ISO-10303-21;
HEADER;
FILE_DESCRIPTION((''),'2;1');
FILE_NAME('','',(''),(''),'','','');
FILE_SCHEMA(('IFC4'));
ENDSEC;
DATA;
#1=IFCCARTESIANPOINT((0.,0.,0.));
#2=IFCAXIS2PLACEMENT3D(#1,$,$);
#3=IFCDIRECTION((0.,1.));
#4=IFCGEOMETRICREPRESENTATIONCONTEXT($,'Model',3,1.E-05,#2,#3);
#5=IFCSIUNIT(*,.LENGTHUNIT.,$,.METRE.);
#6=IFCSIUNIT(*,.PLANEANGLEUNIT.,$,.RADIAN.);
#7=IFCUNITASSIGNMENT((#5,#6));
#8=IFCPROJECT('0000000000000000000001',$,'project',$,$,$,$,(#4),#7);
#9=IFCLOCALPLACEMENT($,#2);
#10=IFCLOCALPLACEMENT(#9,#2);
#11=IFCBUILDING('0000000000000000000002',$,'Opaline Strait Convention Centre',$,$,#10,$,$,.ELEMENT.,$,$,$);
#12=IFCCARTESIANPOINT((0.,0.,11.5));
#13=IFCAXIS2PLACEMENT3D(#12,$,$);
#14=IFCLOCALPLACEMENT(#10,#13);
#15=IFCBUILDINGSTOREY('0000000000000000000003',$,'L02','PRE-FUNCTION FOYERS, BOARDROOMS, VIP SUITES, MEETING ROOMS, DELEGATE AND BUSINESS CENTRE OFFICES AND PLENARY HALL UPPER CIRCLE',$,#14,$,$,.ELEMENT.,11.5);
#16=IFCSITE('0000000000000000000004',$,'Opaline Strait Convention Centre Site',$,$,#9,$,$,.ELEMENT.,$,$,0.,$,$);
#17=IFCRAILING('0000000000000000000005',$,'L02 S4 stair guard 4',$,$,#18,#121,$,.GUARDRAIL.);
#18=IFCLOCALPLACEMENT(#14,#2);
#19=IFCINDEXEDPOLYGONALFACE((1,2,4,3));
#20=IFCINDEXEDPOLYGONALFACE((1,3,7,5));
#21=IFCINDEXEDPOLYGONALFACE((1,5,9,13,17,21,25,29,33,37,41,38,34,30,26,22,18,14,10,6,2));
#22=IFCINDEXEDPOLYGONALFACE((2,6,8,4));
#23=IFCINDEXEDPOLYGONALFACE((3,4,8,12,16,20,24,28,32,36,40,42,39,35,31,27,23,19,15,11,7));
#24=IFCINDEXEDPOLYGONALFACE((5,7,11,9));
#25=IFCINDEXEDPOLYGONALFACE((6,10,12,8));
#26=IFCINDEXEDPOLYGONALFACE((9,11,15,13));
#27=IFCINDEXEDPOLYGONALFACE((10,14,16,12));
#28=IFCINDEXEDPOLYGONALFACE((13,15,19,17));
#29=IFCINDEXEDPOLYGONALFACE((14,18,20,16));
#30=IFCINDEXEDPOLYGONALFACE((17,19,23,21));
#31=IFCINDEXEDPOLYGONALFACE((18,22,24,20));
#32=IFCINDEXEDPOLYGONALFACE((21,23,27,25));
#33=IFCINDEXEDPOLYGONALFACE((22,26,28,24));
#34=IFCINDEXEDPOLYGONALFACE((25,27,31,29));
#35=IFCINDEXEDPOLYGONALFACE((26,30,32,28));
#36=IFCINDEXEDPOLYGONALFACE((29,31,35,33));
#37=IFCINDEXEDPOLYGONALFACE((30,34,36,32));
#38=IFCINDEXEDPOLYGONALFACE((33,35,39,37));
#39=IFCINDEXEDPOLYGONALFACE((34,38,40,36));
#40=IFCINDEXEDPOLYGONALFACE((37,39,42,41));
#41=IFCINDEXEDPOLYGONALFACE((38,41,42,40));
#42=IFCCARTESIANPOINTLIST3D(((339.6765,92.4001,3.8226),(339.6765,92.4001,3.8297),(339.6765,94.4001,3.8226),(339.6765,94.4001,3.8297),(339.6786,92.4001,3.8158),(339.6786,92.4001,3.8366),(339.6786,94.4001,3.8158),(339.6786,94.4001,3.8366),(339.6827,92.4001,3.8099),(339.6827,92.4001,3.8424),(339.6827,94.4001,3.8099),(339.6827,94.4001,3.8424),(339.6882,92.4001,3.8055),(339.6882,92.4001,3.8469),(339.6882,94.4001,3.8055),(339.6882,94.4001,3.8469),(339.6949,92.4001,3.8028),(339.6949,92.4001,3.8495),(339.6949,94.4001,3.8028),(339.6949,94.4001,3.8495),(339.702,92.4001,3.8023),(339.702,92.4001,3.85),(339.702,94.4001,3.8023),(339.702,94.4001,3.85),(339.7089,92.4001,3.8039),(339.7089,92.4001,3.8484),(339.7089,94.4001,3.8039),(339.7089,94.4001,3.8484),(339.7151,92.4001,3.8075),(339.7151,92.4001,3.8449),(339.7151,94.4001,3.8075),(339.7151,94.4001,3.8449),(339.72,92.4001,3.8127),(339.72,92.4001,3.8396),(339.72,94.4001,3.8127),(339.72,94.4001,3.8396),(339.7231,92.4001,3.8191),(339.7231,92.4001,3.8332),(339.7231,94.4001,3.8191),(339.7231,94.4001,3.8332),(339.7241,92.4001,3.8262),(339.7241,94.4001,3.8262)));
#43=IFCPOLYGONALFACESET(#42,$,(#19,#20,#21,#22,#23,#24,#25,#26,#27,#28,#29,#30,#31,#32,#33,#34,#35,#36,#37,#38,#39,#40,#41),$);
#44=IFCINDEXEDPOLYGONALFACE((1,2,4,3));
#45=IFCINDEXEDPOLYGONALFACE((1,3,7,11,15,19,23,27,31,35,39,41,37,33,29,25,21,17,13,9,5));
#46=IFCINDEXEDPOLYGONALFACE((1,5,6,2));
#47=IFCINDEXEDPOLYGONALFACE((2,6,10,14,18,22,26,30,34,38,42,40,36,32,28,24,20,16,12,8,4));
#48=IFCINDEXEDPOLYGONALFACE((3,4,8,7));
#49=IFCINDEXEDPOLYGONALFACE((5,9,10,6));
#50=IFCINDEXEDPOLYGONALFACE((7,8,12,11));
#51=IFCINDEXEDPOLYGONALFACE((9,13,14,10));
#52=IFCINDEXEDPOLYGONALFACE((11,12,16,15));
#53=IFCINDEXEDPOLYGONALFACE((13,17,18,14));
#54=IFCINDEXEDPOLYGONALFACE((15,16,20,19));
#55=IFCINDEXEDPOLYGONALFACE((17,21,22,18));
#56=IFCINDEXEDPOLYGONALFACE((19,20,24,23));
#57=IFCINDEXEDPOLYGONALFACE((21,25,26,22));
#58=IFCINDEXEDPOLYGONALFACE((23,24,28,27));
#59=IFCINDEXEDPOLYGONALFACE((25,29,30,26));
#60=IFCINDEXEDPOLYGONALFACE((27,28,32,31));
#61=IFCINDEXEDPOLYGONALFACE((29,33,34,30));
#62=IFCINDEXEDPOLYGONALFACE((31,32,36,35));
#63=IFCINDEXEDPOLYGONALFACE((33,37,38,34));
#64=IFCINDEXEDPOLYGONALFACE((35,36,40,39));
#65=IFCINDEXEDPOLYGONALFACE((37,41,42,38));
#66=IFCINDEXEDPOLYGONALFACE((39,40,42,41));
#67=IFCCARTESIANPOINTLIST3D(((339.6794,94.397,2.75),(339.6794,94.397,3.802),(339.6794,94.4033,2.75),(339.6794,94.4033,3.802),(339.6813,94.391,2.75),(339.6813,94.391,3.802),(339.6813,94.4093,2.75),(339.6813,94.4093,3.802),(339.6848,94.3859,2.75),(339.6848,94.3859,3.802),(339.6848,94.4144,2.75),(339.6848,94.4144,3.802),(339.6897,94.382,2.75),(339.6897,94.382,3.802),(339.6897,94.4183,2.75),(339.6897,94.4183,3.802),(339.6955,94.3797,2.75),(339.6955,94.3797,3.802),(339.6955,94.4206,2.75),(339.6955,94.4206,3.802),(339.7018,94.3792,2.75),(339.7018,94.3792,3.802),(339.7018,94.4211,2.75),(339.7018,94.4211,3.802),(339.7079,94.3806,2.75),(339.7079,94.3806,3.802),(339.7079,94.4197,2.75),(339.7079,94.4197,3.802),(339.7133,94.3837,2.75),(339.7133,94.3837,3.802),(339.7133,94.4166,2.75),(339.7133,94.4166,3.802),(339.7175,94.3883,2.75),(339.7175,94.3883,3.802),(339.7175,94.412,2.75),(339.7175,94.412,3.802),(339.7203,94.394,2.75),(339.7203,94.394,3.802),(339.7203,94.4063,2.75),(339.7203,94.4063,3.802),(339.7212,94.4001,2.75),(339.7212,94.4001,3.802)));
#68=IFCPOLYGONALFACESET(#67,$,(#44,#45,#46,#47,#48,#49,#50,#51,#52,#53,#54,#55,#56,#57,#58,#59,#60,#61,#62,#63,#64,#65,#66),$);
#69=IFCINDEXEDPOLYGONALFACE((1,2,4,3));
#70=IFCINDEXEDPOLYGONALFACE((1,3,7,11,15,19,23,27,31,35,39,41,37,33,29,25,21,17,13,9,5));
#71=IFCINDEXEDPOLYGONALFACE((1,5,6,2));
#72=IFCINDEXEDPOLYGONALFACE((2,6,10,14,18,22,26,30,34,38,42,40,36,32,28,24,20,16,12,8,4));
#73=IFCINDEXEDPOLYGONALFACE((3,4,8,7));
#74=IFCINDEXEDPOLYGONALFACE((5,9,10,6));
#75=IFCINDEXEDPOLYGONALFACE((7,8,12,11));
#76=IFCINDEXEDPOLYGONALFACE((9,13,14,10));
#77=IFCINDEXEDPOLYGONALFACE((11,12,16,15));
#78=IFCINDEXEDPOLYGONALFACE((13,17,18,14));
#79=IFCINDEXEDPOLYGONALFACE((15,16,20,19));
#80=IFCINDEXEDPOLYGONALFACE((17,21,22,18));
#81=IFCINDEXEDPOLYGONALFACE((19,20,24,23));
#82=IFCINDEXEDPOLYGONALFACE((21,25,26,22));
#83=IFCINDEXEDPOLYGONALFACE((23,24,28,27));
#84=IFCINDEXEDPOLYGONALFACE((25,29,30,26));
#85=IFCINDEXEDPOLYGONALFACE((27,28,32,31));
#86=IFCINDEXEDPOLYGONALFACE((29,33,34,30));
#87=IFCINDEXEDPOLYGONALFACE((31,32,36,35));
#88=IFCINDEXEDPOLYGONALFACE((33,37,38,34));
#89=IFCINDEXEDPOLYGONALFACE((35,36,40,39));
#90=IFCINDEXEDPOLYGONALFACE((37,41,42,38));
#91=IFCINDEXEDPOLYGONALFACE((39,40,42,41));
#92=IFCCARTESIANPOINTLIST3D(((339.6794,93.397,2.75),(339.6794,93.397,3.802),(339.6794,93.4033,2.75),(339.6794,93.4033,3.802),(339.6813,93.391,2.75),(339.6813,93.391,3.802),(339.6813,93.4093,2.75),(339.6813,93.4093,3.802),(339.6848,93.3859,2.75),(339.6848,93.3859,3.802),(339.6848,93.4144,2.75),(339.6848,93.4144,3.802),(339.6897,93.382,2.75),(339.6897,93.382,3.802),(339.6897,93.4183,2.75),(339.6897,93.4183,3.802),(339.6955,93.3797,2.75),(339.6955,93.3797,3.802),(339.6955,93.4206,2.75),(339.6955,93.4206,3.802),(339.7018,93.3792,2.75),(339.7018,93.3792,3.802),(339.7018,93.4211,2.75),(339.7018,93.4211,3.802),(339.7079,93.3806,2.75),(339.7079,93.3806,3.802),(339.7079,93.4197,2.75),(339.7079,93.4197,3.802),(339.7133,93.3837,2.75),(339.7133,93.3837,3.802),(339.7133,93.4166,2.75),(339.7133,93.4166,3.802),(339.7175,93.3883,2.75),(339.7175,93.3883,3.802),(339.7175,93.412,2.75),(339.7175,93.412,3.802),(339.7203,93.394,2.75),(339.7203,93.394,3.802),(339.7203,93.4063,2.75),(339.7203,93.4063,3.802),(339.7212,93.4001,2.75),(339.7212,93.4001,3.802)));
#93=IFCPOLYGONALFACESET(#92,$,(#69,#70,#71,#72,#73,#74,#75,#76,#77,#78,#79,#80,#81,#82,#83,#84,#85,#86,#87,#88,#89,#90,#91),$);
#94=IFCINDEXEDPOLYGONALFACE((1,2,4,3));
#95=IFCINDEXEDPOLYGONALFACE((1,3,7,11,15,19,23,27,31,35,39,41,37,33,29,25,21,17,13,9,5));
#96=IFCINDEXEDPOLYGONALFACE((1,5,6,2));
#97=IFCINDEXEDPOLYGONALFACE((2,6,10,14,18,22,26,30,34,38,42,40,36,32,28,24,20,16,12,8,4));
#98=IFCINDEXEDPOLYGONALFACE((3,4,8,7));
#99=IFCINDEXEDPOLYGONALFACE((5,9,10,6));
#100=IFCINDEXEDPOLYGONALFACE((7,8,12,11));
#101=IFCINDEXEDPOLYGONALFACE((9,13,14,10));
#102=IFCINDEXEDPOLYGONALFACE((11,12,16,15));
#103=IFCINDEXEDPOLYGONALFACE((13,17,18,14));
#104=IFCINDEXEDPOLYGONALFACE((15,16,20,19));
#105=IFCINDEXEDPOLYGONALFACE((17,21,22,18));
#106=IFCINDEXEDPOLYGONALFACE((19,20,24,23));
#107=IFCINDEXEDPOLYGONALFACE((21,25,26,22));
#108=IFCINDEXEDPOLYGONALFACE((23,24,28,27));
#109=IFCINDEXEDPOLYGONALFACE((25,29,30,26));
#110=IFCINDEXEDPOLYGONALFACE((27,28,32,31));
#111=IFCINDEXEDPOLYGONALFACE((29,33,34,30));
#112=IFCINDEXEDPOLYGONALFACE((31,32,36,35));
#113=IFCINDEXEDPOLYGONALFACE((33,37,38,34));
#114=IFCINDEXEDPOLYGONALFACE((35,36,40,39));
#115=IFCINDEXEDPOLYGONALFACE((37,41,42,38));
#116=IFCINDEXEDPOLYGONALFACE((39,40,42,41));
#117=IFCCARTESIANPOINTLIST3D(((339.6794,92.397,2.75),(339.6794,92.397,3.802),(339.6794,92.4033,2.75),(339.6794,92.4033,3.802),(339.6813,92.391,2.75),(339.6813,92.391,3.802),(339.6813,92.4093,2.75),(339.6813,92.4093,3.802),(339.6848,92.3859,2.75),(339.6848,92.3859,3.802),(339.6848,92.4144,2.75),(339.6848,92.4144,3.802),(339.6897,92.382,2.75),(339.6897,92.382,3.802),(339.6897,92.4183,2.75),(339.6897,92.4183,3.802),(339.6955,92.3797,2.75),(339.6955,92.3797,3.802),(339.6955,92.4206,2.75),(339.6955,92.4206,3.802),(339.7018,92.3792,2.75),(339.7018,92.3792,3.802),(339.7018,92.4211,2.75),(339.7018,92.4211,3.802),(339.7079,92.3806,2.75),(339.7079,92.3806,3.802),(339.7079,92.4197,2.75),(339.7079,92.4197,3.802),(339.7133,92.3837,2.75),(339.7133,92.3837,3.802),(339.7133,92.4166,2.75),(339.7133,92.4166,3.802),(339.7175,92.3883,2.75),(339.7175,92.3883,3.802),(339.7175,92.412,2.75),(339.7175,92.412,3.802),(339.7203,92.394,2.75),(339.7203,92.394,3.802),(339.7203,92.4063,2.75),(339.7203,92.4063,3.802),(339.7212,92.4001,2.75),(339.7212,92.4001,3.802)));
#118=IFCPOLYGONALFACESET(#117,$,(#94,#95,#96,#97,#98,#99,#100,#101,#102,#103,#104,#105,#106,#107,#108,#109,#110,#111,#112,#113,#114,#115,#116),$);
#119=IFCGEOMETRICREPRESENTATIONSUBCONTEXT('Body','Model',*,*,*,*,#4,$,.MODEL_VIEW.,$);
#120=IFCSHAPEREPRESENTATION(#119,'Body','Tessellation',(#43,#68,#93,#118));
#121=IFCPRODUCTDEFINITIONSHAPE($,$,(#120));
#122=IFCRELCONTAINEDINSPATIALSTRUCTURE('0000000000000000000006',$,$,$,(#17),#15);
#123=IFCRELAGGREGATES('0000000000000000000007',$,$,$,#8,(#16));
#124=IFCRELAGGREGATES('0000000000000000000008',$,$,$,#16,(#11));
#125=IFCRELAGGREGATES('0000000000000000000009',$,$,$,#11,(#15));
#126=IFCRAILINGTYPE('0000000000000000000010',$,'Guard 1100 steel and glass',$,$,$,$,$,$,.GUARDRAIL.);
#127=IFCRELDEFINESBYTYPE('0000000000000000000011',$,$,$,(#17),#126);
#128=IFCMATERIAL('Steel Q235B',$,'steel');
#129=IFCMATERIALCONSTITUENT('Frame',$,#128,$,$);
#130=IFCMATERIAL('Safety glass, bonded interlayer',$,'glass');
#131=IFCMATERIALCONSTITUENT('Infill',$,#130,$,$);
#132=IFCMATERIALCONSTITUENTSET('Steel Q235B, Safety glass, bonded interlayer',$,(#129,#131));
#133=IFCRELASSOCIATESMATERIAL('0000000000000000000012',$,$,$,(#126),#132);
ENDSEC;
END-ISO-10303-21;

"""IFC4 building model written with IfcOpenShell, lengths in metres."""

from ifc_helpers import new_model, si_unit, direction, frame, origin, origin_2d, place, context, subcontext, project, spatial, circle, extrude, material, constituent, constituent_set, type_object, element, save


model = new_model("IFC4")

# Units and contexts
model_context = context("Model", 3, precision=1e-05, world=origin(), true_north=direction((0.0, 1.0)))
body_context = subcontext(model_context, "Body", "Model", "MODEL_VIEW")
ifc_project = project(units=[si_unit("LENGTHUNIT", "METRE"), si_unit("PLANEANGLEUNIT", "RADIAN")], contexts=[model_context])

# Site, building, storey
site_placement = place(None, origin())
site = spatial("IfcSite", under=ifc_project, at=site_placement, Name="Opaline Strait Convention Centre Site", CompositionType="ELEMENT", RefElevation=0.0)
building_placement = place(site_placement, origin())
building = spatial("IfcBuilding", under=site, at=building_placement, Name="Opaline Strait Convention Centre", CompositionType="ELEMENT")
storey_placement = place(building_placement, frame((0.0, 0.0, 11.5)))
storey = spatial("IfcBuildingStorey", under=building, at=storey_placement, Name="L02", Description="PRE-FUNCTION FOYERS, BOARDROOMS, VIP SUITES, MEETING ROOMS, DELEGATE AND BUSINESS CENTRE OFFICES AND PLENARY HALL UPPER CIRCLE", CompositionType="ELEMENT", Elevation=11.5)

# Shared definitions
ifc_material_1 = material(Name="Steel Q235B", Category="steel")

# Railing
ifc_constituent_1 = constituent(ifc_material_1, Name="Frame")
ifc_material_2 = material(Name="Safety glass, bonded interlayer", Category="glass")
ifc_constituent_2 = constituent(ifc_material_2, Name="Infill")
ifc_constituent_set = constituent_set(constituents=[ifc_constituent_1, ifc_constituent_2], Name="Steel Q235B, Safety glass, bonded interlayer")
railing_type_1 = type_object("IfcRailingType", Name="Guard 1100 steel and glass", PredefinedType="GUARDRAIL", material=ifc_constituent_set)
railing_1_placement = place(storey_placement, frame((339.7002, 94.4001, 2.75)))
element("IfcRailing", 1, at=railing_1_placement, inside=storey, type_object=railing_type_1, Name="L02 S4 stair guard 4", PredefinedType="GUARDRAIL", context=body_context, shape_type="SweptSolid", body=[
    extrude(circle(Radius=0.0239, at=origin_2d()), frame((0.0, 0.0, 1.0762), z_axis=(0.0, -1.0, 0.0), x_axis=(1.0, 0.0, 0.0)), (0.0, 0.0, 1.0), 2.0),
    extrude(circle(Radius=0.021, at=origin_2d()), origin(), (0.0, 0.0, 1.0), 1.052),
    extrude(circle(Radius=0.021, at=origin_2d()), frame((0.0, -1.0, 0.0)), (0.0, 0.0, 1.0), 1.052),
    extrude(circle(Radius=0.021, at=origin_2d()), frame((0.0, -2.0, 0.0)), (0.0, 0.0, 1.0), 1.052),
])

save(model, "model.ifc")
